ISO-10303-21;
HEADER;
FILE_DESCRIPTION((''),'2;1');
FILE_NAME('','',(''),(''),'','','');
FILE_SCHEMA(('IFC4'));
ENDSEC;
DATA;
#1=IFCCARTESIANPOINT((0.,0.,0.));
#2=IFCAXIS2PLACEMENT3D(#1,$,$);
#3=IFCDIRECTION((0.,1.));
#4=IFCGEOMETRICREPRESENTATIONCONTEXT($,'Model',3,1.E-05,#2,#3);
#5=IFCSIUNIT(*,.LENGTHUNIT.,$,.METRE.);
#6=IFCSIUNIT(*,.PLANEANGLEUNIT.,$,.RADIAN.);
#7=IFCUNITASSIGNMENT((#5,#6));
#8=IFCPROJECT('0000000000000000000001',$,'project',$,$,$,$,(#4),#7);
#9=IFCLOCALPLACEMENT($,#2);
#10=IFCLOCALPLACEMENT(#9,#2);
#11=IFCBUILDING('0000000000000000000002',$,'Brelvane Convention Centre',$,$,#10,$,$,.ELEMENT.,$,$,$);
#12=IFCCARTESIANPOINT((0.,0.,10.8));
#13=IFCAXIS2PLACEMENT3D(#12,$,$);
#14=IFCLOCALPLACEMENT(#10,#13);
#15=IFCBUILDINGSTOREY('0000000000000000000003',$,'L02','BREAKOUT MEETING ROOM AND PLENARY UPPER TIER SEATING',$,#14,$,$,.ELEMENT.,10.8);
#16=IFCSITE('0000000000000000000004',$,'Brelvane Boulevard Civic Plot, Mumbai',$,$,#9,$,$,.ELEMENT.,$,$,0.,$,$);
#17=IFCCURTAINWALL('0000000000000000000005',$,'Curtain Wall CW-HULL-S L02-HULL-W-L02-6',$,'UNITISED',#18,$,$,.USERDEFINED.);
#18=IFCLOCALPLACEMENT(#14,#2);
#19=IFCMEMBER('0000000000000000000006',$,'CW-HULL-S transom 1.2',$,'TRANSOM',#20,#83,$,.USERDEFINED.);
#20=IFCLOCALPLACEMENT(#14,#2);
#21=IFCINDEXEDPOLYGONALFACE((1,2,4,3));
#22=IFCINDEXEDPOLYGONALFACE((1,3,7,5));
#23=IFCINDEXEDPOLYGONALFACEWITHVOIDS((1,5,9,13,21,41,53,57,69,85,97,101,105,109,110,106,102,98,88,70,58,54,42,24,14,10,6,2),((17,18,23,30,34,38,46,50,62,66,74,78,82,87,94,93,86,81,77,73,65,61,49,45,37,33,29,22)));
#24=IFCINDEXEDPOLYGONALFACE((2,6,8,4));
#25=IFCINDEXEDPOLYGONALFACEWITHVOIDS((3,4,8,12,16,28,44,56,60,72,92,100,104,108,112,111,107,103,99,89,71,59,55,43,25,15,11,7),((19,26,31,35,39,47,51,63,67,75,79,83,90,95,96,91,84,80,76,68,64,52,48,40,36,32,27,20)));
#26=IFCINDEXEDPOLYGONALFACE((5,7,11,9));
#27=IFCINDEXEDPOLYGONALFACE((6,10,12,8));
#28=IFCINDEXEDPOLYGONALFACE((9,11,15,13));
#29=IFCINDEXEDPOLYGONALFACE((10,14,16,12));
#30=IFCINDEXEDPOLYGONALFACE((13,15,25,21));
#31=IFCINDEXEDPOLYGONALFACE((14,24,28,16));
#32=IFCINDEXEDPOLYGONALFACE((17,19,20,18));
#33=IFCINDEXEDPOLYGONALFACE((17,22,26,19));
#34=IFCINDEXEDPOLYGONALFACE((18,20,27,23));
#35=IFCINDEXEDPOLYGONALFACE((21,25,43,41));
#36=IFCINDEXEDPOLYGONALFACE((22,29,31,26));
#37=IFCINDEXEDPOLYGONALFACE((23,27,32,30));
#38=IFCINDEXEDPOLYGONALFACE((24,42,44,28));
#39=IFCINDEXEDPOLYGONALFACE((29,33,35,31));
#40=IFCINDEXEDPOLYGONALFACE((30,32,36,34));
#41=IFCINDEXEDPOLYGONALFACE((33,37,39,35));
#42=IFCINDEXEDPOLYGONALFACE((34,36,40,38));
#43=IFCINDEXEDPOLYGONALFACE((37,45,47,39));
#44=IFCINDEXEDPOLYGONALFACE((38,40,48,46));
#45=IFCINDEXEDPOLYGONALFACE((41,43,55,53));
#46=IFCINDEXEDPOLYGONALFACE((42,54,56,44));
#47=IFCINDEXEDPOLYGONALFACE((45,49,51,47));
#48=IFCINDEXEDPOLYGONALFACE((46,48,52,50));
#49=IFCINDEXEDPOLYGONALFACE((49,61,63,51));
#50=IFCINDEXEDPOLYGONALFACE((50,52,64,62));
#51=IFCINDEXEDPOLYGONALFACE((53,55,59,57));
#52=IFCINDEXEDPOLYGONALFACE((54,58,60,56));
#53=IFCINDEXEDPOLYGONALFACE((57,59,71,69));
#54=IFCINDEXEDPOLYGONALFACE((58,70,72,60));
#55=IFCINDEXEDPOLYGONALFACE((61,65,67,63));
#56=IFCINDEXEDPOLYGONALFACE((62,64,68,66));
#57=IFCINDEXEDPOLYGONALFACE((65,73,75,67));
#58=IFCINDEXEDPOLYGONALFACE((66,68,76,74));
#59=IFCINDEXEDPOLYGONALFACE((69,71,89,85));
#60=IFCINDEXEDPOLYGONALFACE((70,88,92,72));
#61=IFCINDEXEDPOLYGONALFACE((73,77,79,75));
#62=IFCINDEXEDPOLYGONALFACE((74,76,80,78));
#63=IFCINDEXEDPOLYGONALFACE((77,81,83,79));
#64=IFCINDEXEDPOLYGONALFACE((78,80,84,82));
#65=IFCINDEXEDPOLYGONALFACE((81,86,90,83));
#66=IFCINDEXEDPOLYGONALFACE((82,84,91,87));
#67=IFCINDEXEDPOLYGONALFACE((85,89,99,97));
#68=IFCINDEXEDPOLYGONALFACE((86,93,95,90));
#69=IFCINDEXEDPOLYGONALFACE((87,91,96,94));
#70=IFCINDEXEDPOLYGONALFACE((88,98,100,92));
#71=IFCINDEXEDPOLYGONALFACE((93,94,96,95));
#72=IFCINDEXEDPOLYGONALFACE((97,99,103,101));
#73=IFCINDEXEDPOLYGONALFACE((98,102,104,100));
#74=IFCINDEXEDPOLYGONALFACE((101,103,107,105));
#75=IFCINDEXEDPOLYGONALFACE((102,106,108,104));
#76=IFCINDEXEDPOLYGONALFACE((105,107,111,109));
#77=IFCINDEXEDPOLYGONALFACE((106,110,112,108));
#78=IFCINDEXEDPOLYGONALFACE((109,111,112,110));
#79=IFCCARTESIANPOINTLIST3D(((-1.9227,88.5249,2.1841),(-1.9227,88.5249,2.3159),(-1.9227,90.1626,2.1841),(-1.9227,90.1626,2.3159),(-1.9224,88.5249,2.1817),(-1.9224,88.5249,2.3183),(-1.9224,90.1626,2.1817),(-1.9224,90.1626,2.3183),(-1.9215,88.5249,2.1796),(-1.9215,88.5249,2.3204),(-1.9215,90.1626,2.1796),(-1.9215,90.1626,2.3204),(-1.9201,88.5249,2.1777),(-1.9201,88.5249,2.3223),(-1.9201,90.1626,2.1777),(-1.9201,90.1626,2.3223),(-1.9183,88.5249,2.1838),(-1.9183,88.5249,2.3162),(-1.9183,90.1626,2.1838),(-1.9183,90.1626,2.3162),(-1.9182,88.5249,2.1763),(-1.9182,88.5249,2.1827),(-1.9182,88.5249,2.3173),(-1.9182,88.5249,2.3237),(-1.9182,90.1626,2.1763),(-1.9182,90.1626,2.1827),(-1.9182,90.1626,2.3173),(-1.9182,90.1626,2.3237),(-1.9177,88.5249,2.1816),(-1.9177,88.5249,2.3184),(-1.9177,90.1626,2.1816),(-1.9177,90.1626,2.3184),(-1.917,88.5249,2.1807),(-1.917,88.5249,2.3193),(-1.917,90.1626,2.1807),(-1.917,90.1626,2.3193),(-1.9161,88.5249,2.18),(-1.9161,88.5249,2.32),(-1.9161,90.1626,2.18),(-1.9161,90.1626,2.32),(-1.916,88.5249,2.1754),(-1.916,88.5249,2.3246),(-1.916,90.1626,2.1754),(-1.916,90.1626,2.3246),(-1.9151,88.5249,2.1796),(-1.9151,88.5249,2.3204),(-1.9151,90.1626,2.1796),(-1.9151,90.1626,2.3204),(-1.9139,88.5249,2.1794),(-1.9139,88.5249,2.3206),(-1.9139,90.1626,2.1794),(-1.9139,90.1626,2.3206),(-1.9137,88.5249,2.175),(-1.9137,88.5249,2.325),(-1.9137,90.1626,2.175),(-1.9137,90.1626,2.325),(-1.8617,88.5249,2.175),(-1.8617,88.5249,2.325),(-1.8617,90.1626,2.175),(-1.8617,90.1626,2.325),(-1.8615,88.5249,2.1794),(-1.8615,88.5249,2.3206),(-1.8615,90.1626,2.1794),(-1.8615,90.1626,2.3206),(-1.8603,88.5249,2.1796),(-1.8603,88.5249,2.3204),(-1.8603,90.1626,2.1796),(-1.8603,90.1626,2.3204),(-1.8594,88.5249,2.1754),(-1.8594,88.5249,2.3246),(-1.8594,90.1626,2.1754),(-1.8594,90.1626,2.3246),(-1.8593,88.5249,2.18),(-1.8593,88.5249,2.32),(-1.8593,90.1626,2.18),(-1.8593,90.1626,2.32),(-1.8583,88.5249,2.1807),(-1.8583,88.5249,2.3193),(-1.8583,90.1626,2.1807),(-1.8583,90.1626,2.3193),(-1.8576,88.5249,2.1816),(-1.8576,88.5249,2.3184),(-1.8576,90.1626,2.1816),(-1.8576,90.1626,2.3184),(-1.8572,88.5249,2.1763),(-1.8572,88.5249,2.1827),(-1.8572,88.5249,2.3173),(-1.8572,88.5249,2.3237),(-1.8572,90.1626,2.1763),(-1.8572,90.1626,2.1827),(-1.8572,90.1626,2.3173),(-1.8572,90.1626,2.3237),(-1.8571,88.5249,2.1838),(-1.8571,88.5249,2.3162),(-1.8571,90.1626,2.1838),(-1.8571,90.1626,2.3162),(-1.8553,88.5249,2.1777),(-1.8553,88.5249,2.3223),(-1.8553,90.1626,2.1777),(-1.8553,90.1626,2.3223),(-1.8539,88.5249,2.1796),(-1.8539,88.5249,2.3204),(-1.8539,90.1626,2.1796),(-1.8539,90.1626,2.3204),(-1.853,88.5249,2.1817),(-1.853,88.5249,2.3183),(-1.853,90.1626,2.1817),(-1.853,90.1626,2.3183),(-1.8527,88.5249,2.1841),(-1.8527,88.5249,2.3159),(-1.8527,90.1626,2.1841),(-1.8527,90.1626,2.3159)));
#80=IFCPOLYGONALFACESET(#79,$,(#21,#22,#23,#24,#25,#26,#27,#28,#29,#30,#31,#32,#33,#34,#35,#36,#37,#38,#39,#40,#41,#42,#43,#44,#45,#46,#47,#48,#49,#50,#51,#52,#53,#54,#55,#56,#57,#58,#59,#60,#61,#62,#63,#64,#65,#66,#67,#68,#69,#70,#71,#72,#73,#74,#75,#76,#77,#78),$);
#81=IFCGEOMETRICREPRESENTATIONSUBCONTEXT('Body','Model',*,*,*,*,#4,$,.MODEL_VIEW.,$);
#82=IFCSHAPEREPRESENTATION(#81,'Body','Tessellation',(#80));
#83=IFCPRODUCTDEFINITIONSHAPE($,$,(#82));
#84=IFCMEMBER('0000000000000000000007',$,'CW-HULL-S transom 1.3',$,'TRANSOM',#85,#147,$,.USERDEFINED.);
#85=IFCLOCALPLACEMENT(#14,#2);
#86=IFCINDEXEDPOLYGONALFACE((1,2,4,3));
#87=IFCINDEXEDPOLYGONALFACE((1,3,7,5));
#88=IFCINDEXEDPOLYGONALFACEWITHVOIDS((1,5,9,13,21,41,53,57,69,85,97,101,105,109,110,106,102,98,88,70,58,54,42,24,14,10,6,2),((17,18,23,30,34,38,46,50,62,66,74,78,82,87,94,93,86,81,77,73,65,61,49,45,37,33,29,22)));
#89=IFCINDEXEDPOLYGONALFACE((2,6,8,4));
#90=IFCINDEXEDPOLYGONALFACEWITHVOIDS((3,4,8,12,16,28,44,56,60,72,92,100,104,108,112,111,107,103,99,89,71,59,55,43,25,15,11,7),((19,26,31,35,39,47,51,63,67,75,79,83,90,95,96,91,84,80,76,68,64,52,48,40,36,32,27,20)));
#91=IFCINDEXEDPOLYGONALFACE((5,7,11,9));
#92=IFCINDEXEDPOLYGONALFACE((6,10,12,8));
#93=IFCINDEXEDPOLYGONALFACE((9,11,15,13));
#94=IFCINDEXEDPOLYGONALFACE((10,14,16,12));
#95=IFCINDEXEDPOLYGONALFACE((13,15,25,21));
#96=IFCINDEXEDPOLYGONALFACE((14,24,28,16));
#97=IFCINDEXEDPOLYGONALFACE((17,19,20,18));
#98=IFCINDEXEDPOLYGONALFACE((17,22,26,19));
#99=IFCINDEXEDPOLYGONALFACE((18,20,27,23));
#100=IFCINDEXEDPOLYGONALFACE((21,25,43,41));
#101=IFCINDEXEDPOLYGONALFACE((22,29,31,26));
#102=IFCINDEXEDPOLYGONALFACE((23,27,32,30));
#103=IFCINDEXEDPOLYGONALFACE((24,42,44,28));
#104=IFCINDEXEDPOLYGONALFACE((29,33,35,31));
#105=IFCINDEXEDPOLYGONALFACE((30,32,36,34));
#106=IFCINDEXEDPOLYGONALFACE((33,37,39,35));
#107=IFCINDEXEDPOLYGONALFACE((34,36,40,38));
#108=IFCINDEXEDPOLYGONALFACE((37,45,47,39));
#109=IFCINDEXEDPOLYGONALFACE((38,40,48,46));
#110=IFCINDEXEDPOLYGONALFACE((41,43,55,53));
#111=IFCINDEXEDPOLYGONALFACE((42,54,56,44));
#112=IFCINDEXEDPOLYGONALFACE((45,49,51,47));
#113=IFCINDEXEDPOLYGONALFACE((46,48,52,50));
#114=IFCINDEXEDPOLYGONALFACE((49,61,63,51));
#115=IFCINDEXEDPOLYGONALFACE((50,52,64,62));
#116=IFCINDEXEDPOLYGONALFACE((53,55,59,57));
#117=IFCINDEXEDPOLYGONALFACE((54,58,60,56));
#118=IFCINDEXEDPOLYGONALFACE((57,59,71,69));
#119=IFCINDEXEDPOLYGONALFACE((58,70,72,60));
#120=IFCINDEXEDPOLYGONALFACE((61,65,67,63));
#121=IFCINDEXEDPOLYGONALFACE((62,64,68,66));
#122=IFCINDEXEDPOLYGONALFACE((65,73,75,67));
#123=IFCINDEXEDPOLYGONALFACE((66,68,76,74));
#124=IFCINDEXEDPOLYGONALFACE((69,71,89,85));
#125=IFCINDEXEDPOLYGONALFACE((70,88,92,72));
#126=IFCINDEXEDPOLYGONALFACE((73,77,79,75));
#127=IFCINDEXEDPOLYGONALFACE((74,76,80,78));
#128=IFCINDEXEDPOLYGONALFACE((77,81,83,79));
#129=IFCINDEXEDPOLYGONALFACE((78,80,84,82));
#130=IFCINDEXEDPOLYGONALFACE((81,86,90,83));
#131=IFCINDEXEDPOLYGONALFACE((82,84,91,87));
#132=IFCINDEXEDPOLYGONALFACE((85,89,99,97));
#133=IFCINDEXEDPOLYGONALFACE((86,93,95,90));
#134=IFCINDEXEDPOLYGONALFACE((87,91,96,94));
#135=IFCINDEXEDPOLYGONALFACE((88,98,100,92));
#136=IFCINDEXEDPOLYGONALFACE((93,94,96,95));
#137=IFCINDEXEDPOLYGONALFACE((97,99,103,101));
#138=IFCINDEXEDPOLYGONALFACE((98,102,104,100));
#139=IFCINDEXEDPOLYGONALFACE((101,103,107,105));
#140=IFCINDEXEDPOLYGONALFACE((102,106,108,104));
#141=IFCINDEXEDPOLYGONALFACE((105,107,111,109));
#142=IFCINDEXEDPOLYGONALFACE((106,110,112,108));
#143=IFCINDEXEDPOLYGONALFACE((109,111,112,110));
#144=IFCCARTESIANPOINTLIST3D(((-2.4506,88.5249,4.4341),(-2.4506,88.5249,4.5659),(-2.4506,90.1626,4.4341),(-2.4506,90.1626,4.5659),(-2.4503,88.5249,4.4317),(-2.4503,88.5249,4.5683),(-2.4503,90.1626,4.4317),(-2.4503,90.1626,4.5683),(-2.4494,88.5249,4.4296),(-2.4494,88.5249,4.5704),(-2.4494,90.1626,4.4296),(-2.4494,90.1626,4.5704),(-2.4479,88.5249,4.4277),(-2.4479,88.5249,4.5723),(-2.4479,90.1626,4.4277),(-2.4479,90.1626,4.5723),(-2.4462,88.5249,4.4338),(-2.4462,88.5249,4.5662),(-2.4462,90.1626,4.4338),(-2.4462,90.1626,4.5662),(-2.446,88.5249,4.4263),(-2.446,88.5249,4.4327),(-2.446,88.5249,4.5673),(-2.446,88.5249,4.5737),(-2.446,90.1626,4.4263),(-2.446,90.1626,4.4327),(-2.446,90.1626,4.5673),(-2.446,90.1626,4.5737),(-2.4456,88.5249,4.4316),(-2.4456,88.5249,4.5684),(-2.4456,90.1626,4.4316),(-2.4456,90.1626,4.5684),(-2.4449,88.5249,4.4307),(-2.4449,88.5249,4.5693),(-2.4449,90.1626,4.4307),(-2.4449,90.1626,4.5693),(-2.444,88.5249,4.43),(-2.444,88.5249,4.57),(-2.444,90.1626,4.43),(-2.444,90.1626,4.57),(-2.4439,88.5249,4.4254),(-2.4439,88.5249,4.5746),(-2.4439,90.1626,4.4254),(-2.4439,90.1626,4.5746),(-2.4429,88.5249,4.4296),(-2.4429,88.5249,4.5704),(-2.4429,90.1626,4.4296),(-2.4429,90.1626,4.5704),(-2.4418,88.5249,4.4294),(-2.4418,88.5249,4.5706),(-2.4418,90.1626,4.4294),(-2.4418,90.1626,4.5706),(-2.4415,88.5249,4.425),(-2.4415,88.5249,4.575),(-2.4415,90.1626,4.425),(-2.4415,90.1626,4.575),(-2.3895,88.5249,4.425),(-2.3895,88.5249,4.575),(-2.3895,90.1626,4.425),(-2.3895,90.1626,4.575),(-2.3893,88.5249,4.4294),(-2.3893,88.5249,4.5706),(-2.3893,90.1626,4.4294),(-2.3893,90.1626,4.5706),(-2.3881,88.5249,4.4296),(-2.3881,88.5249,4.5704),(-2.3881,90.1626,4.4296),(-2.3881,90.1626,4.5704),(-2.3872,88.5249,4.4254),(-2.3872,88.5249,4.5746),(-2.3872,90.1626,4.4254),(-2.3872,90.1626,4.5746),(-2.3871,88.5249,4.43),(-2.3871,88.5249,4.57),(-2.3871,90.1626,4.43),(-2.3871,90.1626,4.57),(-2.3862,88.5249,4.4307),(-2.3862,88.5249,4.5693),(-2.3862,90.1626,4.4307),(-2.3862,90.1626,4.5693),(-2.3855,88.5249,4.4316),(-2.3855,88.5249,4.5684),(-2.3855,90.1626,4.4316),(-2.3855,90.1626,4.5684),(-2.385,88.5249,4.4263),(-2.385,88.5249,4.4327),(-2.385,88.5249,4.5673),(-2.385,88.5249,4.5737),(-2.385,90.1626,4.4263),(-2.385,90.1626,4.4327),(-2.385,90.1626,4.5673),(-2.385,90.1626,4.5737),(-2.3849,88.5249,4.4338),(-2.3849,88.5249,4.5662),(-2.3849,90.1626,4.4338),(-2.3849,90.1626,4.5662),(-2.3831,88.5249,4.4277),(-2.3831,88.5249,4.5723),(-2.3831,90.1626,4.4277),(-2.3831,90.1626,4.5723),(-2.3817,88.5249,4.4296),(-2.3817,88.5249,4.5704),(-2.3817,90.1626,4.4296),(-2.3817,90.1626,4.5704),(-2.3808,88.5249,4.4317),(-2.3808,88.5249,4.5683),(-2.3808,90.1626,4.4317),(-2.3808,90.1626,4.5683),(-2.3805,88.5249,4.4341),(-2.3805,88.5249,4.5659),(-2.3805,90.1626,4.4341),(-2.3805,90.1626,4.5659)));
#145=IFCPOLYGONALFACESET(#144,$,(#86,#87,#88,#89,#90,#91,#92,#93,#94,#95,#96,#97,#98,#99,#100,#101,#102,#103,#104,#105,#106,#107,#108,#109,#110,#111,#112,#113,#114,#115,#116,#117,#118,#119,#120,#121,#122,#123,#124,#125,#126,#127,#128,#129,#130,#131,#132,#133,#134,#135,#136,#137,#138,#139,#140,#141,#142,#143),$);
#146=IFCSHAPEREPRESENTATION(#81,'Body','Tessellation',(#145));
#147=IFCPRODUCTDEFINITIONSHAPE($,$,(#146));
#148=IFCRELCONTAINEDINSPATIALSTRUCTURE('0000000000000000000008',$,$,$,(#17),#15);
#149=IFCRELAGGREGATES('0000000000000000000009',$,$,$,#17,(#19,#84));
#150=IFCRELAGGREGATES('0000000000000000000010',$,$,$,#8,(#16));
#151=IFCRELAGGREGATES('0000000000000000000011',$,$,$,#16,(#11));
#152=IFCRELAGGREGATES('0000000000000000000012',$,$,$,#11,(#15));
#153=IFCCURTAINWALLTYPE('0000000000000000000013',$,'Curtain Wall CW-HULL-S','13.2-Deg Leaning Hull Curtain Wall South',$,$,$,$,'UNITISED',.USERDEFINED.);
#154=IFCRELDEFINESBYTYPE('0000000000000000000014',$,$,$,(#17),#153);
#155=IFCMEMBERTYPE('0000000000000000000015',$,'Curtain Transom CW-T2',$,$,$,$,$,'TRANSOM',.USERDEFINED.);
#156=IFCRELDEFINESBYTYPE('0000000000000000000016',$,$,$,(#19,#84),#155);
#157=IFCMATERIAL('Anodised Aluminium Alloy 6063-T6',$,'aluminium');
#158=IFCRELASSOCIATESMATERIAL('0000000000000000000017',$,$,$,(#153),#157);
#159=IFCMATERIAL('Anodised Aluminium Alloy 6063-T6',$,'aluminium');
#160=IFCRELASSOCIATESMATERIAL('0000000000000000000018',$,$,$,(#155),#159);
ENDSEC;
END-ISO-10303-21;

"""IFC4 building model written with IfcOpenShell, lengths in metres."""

from ifc_helpers import new_model, si_unit, direction, frame, origin, origin_2d, place, context, subcontext, project, spatial, hollow_rectangle, extrude, material, material_profile, profile_set, type_object, element, aggregate, save


model = new_model("IFC4")

# Units and contexts
model_context = context("Model", 3, precision=1e-05, world=origin(), true_north=direction((0.0, 1.0)))
body_context = subcontext(model_context, "Body", "Model", "MODEL_VIEW")
ifc_project = project(units=[si_unit("LENGTHUNIT", "METRE"), si_unit("PLANEANGLEUNIT", "RADIAN")], contexts=[model_context])

# Site, building, storey
site_placement = place(None, origin())
site = spatial("IfcSite", under=ifc_project, at=site_placement, Name="Brelvane Boulevard Civic Plot, Mumbai", CompositionType="ELEMENT", RefElevation=0.0)
building_placement = place(site_placement, origin())
building = spatial("IfcBuilding", under=site, at=building_placement, Name="Brelvane Convention Centre", CompositionType="ELEMENT")
storey_placement = place(building_placement, frame((0.0, 0.0, 10.8)))
storey = spatial("IfcBuildingStorey", under=building, at=storey_placement, Name="L02", Description="BREAKOUT MEETING ROOM AND PLENARY UPPER TIER SEATING", CompositionType="ELEMENT", Elevation=10.8)

# Curtain wall
ifc_material_1 = material(Name="Anodised Aluminium Alloy 6063-T6", Category="aluminium")
curtain_wall_type = type_object("IfcCurtainWallType", Name="Curtain Wall CW-HULL-S", Description="13.2-Deg Leaning Hull Curtain Wall South", ElementType="UNITISED", PredefinedType="USERDEFINED", material=ifc_material_1)
curtain_wall_1_placement = place(storey_placement, origin())
curtain_wall_1 = element("IfcCurtainWall", 1, at=curtain_wall_1_placement, inside=storey, type_object=curtain_wall_type, Name="Curtain Wall CW-HULL-S L02-HULL-W-L02-6", ObjectType="UNITISED", PredefinedType="USERDEFINED")

# Members
ifc_material_2 = material(Name="Anodised Aluminium Alloy 6063-T6", Category="aluminium")
ifc_material_profile_1 = material_profile(ifc_material_2, hollow_rectangle(XDim=0.0701, YDim=0.1499, WallThickness=0.0044, InnerFilletRadius=0.0044, OuterFilletRadius=0.009, at=origin_2d()), Name="ALU-T 150x70x4.5")
ifc_profile_set_1 = profile_set([ifc_material_profile_1], Name="Anodised Aluminium Alloy 6063-T6")
member_type_1 = type_object("IfcMemberType", Name="Curtain Transom CW-T2", ElementType="TRANSOM", PredefinedType="USERDEFINED", material=ifc_profile_set_1)
member_1_placement = place(storey_placement, frame((-1.8877, 88.5249, 2.25), z_axis=(0.0, 1.0, 0.0), x_axis=(-1.0, 0.0, 0.0)))
member_1 = element("IfcMember", 2, at=member_1_placement, type_object=member_type_1, Name="CW-HULL-S transom 1.2", ObjectType="TRANSOM", PredefinedType="USERDEFINED", context=body_context, shape_type="SweptSolid", body=[
    extrude(hollow_rectangle(XDim=0.0701, YDim=0.1499, WallThickness=0.0044, InnerFilletRadius=0.0044, OuterFilletRadius=0.009, at=origin_2d()), origin(), (0.0, 0.0, 1.0), 1.6377),
])
member_2_placement = place(storey_placement, frame((-2.4155, 88.5249, 4.5), z_axis=(0.0, 1.0, 0.0), x_axis=(-1.0, 0.0, 0.0)))
member_2 = element("IfcMember", 3, at=member_2_placement, type_object=member_type_1, Name="CW-HULL-S transom 1.3", ObjectType="TRANSOM", PredefinedType="USERDEFINED", context=body_context, shape_type="SweptSolid", body=[
    extrude(hollow_rectangle(XDim=0.0701, YDim=0.1499, WallThickness=0.0044, InnerFilletRadius=0.0044, OuterFilletRadius=0.009, at=origin_2d()), origin(), (0.0, 0.0, 1.0), 1.6377),
])

aggregate(curtain_wall_1, [member_1, member_2])

save(model, "model.ifc")
